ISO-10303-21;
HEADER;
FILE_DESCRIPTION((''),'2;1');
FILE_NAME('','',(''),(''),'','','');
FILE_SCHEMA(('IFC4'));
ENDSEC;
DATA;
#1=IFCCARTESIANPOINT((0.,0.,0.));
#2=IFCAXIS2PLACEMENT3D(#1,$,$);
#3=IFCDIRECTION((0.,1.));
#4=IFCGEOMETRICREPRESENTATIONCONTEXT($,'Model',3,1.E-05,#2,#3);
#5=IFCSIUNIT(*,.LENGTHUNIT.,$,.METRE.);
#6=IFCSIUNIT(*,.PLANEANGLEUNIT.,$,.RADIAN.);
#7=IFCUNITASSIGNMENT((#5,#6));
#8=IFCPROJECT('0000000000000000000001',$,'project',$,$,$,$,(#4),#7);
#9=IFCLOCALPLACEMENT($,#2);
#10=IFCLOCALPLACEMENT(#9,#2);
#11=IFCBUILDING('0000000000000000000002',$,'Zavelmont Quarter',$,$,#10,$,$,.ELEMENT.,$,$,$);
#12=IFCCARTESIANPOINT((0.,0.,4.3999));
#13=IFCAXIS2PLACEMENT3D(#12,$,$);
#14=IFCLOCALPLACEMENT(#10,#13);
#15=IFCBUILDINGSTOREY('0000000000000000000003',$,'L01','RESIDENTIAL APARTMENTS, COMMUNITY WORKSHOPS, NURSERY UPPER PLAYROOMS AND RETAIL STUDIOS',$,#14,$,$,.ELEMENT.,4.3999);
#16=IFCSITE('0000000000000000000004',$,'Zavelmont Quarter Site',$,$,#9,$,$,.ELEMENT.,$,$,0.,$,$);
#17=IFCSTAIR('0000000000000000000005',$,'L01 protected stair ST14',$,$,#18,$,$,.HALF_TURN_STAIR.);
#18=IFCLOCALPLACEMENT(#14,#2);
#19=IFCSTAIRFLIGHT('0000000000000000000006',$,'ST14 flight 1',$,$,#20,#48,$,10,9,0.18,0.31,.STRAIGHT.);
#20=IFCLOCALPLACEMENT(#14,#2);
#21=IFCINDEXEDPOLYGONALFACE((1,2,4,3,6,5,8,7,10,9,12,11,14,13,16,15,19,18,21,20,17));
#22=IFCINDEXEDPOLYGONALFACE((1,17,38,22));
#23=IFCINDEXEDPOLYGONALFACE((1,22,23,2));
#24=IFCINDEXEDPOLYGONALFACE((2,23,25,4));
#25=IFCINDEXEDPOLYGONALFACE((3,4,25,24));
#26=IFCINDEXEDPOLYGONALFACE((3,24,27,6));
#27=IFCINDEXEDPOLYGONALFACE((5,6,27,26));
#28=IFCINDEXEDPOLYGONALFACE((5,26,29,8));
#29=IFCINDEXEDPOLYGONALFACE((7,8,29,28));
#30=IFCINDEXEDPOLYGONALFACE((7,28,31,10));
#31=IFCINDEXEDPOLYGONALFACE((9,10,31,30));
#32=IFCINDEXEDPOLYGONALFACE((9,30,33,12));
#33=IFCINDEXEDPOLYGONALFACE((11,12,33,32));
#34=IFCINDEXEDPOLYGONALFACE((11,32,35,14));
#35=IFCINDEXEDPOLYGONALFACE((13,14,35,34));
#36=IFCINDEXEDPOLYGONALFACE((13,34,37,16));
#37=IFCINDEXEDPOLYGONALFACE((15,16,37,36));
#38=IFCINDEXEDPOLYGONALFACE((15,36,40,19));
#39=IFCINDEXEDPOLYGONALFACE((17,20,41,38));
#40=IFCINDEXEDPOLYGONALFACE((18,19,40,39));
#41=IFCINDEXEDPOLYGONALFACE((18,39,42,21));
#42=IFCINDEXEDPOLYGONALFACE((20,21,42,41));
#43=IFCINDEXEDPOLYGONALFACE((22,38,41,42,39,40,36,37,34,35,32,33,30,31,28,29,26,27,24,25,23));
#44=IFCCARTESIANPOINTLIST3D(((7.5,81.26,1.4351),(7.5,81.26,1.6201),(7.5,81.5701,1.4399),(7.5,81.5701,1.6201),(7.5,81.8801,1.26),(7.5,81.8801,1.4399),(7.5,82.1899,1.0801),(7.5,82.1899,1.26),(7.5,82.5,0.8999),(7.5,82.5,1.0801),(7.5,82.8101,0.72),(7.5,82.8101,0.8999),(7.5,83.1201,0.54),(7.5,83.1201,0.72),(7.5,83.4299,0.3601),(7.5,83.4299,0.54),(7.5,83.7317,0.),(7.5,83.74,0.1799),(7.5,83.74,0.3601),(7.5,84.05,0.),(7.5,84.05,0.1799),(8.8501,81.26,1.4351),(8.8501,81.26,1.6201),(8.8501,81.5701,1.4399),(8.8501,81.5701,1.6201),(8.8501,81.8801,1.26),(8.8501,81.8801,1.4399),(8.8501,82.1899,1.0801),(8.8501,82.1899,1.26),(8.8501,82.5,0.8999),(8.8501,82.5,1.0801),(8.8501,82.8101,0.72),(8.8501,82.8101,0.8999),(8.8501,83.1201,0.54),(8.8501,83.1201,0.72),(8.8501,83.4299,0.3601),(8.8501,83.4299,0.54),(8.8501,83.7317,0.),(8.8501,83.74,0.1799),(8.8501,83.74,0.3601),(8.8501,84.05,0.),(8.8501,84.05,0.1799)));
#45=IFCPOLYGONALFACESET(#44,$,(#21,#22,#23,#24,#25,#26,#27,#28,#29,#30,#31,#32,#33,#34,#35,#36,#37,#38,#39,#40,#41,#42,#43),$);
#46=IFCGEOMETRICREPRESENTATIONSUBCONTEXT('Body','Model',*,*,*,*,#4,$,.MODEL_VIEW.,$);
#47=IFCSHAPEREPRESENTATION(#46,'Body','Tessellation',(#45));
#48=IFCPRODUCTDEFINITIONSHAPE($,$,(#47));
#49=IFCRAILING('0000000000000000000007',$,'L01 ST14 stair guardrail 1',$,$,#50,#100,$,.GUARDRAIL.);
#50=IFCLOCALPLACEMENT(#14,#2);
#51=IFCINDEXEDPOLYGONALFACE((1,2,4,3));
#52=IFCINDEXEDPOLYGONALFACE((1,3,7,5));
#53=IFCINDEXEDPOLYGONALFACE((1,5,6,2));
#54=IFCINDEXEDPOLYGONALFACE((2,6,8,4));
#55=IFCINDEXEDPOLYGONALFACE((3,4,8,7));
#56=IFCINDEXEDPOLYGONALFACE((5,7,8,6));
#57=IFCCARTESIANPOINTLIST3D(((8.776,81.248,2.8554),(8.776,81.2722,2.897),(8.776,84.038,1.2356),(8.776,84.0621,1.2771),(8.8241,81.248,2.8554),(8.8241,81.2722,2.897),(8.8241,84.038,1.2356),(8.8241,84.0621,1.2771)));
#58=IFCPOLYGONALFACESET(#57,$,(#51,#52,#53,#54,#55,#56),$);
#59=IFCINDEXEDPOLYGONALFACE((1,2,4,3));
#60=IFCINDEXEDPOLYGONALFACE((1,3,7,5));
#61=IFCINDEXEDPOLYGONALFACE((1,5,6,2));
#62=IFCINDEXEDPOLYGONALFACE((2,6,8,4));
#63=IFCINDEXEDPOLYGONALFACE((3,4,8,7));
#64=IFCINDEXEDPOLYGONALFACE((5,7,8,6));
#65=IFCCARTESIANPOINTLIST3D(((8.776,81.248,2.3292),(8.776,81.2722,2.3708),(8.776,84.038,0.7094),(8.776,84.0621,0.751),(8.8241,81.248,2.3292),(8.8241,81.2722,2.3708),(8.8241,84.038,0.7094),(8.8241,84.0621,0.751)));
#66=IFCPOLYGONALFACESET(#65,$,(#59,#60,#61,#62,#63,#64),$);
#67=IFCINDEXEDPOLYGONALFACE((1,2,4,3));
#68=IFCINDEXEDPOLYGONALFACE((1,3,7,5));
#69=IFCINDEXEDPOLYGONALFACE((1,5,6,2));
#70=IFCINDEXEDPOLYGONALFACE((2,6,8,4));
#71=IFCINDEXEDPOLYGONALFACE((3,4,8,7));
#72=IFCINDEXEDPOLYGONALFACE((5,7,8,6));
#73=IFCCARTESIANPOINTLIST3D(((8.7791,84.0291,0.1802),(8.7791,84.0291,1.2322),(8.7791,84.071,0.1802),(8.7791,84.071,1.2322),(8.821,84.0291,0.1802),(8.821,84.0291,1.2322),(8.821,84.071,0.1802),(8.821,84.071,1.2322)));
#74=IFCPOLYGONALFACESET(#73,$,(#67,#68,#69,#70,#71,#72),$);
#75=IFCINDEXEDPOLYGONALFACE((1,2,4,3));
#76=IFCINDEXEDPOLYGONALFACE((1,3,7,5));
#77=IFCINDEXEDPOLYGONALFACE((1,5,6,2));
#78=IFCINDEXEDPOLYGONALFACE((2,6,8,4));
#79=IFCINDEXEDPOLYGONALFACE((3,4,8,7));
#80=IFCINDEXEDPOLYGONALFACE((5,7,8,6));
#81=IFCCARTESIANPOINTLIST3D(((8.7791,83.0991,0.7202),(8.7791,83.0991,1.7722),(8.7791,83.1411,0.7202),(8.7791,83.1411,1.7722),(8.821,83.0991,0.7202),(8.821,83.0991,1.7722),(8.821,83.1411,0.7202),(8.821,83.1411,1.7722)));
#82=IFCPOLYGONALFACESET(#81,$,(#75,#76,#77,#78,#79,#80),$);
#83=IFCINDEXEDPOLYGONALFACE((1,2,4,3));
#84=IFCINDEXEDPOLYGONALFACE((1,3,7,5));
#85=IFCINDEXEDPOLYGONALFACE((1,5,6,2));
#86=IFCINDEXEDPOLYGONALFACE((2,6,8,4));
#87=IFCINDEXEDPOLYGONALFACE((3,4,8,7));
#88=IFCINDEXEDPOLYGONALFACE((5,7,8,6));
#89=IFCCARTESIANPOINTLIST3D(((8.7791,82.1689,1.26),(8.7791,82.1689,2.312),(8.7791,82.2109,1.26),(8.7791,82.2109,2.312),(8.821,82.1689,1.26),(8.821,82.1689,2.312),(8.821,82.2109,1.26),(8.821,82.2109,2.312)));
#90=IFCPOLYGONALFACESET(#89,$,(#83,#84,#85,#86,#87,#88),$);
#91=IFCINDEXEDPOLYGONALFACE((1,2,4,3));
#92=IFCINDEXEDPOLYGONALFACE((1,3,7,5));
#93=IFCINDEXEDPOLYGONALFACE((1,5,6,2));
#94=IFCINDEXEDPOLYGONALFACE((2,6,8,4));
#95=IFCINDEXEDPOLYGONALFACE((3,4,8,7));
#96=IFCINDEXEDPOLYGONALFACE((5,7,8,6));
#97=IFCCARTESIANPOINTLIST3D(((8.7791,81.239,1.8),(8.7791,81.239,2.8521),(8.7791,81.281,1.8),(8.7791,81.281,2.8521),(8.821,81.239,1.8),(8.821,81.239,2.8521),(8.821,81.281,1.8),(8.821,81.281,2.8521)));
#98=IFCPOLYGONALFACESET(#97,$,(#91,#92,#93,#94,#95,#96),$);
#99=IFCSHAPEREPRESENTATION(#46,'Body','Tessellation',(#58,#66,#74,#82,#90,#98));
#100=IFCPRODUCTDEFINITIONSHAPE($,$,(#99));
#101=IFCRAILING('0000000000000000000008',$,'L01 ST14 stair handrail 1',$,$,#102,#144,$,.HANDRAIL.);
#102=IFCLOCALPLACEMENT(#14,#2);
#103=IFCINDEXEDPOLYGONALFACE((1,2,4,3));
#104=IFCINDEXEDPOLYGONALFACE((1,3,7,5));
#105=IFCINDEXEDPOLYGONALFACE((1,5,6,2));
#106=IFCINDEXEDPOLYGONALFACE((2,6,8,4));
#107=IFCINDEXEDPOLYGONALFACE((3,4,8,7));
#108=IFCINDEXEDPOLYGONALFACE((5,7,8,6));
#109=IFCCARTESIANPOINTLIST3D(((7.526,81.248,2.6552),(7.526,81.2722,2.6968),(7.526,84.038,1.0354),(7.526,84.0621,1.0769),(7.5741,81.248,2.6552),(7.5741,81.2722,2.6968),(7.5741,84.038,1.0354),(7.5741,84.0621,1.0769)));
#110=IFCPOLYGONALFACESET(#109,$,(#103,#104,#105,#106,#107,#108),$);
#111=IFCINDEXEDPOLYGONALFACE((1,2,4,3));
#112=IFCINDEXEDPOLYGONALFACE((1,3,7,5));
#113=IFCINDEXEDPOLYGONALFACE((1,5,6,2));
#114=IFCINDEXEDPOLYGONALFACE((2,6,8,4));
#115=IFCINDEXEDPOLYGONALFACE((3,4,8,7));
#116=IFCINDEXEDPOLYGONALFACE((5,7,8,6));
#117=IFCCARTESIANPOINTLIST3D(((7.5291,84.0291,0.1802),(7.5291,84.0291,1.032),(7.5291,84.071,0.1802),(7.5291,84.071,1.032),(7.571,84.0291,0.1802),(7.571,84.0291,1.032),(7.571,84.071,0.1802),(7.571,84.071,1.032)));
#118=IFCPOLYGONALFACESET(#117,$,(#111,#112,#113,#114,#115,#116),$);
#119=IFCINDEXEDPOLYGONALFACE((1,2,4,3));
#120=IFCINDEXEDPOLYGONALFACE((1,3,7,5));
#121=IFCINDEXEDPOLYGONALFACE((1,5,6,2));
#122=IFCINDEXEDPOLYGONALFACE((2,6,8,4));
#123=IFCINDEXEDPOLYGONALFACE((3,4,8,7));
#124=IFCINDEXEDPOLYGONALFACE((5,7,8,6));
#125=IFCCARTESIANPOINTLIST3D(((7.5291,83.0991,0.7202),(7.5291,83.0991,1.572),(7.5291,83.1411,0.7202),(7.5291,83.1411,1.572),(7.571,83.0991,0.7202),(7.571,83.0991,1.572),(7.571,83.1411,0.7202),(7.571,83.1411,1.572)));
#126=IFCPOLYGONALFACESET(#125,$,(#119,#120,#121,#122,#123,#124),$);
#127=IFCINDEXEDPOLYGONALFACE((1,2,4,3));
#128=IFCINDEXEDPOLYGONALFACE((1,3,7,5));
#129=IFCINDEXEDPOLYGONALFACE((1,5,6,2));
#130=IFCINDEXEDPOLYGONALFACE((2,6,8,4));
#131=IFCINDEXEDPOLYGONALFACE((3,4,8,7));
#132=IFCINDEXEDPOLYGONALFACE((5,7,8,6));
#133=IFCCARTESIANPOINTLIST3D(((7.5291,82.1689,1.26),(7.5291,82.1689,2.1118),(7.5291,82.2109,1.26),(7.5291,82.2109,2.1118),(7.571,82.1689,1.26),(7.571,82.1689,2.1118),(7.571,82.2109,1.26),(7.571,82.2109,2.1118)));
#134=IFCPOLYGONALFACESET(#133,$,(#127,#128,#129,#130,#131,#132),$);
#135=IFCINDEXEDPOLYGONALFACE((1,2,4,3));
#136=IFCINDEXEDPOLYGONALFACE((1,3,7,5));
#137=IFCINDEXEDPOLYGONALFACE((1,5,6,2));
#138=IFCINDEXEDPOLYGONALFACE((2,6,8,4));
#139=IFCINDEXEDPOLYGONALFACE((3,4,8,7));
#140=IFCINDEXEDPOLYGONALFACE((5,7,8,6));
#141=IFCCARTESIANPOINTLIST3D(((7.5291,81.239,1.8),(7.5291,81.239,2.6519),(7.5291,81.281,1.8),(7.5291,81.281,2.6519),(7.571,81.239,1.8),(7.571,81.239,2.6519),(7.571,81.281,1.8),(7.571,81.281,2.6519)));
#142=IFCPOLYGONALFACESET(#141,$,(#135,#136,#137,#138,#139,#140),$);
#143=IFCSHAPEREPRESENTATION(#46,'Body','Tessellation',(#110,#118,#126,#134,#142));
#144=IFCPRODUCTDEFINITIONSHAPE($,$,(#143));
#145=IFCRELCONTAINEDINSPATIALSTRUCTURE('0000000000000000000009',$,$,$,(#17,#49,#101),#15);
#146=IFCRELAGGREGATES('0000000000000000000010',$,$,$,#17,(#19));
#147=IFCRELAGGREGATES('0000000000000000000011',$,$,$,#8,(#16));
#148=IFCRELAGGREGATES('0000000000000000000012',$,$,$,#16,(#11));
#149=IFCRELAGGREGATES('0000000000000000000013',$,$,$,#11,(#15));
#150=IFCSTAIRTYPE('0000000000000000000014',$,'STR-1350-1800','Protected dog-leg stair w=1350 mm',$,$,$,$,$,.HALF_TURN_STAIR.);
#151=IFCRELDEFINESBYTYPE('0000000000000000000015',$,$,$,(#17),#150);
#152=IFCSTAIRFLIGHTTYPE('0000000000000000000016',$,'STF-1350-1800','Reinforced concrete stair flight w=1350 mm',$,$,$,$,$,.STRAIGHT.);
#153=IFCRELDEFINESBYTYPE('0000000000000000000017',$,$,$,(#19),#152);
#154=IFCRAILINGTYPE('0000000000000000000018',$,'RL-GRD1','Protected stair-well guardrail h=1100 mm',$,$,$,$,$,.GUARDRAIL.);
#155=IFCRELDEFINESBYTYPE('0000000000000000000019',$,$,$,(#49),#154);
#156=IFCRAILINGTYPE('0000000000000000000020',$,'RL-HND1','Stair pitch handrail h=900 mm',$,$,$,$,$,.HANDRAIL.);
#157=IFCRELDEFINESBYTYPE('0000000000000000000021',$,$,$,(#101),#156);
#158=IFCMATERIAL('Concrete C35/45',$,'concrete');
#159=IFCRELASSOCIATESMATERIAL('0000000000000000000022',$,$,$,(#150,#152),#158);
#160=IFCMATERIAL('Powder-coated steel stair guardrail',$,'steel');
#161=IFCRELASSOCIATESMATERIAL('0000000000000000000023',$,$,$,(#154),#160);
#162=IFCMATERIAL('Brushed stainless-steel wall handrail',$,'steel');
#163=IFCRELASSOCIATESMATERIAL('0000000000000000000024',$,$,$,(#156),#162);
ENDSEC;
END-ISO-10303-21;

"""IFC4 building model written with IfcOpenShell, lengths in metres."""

from ifc_helpers import new_model, si_unit, direction, frame, origin, origin_2d, place, context, subcontext, project, spatial, polyline, rectangle, outline, extrude, material, type_object, element, aggregate, save


model = new_model("IFC4")

# Units and contexts
model_context = context("Model", 3, precision=1e-05, world=origin(), true_north=direction((0.0, 1.0)))
body_context = subcontext(model_context, "Body", "Model", "MODEL_VIEW")
ifc_project = project(units=[si_unit("LENGTHUNIT", "METRE"), si_unit("PLANEANGLEUNIT", "RADIAN")], contexts=[model_context])

# Site, building, storey
site_placement = place(None, origin())
site = spatial("IfcSite", under=ifc_project, at=site_placement, Name="Zavelmont Quarter Site", CompositionType="ELEMENT", RefElevation=0.0)
building_placement = place(site_placement, origin())
building = spatial("IfcBuilding", under=site, at=building_placement, Name="Zavelmont Quarter", CompositionType="ELEMENT")
storey_placement = place(building_placement, frame((0.0, 0.0, 4.3999)))
storey = spatial("IfcBuildingStorey", under=building, at=storey_placement, Name="L01", Description="RESIDENTIAL APARTMENTS, COMMUNITY WORKSHOPS, NURSERY UPPER PLAYROOMS AND RETAIL STUDIOS", CompositionType="ELEMENT", Elevation=4.3999)

# Shared definitions
ifc_material_1 = material(Name="Concrete C35/45", Category="concrete")

# Stair, stair flight
stair_type = type_object("IfcStairType", Name="STR-1350-1800", Description="Protected dog-leg stair w=1350 mm", PredefinedType="HALF_TURN_STAIR", material=ifc_material_1)
stair_placement = place(storey_placement, origin())
stair = element("IfcStair", 1, at=stair_placement, inside=storey, type_object=stair_type, Name="L01 protected stair ST14", PredefinedType="HALF_TURN_STAIR")
stair_flight_type = type_object("IfcStairFlightType", Name="STF-1350-1800", Description="Reinforced concrete stair flight w=1350 mm", PredefinedType="STRAIGHT", material=ifc_material_1)
stair_flight_placement = place(storey_placement, frame((8.175, 84.05, 0.0), z_axis=(0.0, 0.0, 1.0), x_axis=(0.0, -1.0, 0.0)))
stair_flight = element("IfcStairFlight", 2, at=stair_flight_placement, type_object=stair_flight_type, Name="ST14 flight 1", NumberOfRisers=10, NumberOfTreads=9, PredefinedType="STRAIGHT", RiserHeight=0.18, TreadLength=0.31, context=body_context, shape_type="SweptSolid", body=[
    extrude(outline(polyline([(0.0, 0.0), (0.0, 0.1799), (0.3101, 0.1799), (0.3101, 0.3601), (0.6201, 0.3601), (0.6201, 0.54), (0.9299, 0.54), (0.9299, 0.72), (1.24, 0.72), (1.24, 0.8999), (1.55, 0.8999), (1.55, 1.0801), (1.8601, 1.0801), (1.8601, 1.26), (2.1699, 1.26), (2.1699, 1.4399), (2.48, 1.4399), (2.48, 1.6201), (2.79, 1.6201), (2.79, 1.8), (2.79, 1.4351), (0.3184, 0.0), (0.0, 0.0)])), frame((0.0, 0.675, 0.0), z_axis=(0.0, -1.0, 0.0), x_axis=(1.0, 0.0, 0.0)), (0.0, 0.0, 1.0), 1.3501),
])
aggregate(stair, [stair_flight])

# Railings
ifc_material_2 = material(Name="Powder-coated steel stair guardrail", Category="steel")
railing_type_1 = type_object("IfcRailingType", Name="RL-GRD1", Description="Protected stair-well guardrail h=1100 mm", PredefinedType="GUARDRAIL", material=ifc_material_2)
railing_1_placement = place(storey_placement, frame((8.8, 84.05, 0.1802)))
element("IfcRailing", 3, at=railing_1_placement, inside=storey, type_object=railing_type_1, Name="L01 ST14 stair guardrail 1", PredefinedType="GUARDRAIL", context=body_context, shape_type="SweptSolid", body=[
    extrude(rectangle(XDim=0.0481, YDim=0.0481, at=origin_2d()), frame((0.0, 0.0, 1.0762), z_axis=(0.0, -0.864809, 0.502101), x_axis=(1.0, 0.0, 0.0)), (0.0, 0.0, 1.0), 3.2261),
    extrude(rectangle(XDim=0.0481, YDim=0.0481, at=origin_2d()), frame((0.0, 0.0, 0.55), z_axis=(0.0, -0.864809, 0.502101), x_axis=(1.0, 0.0, 0.0)), (0.0, 0.0, 1.0), 3.2261),
    extrude(rectangle(XDim=0.042, YDim=0.042, at=origin_2d()), origin(), (0.0, 0.0, 1.0), 1.052),
    extrude(rectangle(XDim=0.042, YDim=0.042, at=origin_2d()), frame((0.0, -0.9299, 0.54)), (0.0, 0.0, 1.0), 1.052),
    extrude(rectangle(XDim=0.042, YDim=0.042, at=origin_2d()), frame((0.0, -1.8601, 1.0798)), (0.0, 0.0, 1.0), 1.052),
    extrude(rectangle(XDim=0.042, YDim=0.042, at=origin_2d()), frame((0.0, -2.79, 1.6199)), (0.0, 0.0, 1.0), 1.052),
])
ifc_material_3 = material(Name="Brushed stainless-steel wall handrail", Category="steel")
railing_type_2 = type_object("IfcRailingType", Name="RL-HND1", Description="Stair pitch handrail h=900 mm", PredefinedType="HANDRAIL", material=ifc_material_3)
railing_2_placement = place(storey_placement, frame((7.55, 84.05, 0.1802)))
element("IfcRailing", 4, at=railing_2_placement, inside=storey, type_object=railing_type_2, Name="L01 ST14 stair handrail 1", PredefinedType="HANDRAIL", context=body_context, shape_type="SweptSolid", body=[
    extrude(rectangle(XDim=0.0481, YDim=0.0481, at=origin_2d()), frame((0.0, 0.0, 0.876), z_axis=(0.0, -0.864809, 0.502101), x_axis=(1.0, 0.0, 0.0)), (0.0, 0.0, 1.0), 3.2261),
    extrude(rectangle(XDim=0.042, YDim=0.042, at=origin_2d()), origin(), (0.0, 0.0, 1.0), 0.8518),
    extrude(rectangle(XDim=0.042, YDim=0.042, at=origin_2d()), frame((0.0, -0.9299, 0.54)), (0.0, 0.0, 1.0), 0.8518),
    extrude(rectangle(XDim=0.042, YDim=0.042, at=origin_2d()), frame((0.0, -1.8601, 1.0798)), (0.0, 0.0, 1.0), 0.8518),
    extrude(rectangle(XDim=0.042, YDim=0.042, at=origin_2d()), frame((0.0, -2.79, 1.6199)), (0.0, 0.0, 1.0), 0.8518),
])

save(model, "model.ifc")
